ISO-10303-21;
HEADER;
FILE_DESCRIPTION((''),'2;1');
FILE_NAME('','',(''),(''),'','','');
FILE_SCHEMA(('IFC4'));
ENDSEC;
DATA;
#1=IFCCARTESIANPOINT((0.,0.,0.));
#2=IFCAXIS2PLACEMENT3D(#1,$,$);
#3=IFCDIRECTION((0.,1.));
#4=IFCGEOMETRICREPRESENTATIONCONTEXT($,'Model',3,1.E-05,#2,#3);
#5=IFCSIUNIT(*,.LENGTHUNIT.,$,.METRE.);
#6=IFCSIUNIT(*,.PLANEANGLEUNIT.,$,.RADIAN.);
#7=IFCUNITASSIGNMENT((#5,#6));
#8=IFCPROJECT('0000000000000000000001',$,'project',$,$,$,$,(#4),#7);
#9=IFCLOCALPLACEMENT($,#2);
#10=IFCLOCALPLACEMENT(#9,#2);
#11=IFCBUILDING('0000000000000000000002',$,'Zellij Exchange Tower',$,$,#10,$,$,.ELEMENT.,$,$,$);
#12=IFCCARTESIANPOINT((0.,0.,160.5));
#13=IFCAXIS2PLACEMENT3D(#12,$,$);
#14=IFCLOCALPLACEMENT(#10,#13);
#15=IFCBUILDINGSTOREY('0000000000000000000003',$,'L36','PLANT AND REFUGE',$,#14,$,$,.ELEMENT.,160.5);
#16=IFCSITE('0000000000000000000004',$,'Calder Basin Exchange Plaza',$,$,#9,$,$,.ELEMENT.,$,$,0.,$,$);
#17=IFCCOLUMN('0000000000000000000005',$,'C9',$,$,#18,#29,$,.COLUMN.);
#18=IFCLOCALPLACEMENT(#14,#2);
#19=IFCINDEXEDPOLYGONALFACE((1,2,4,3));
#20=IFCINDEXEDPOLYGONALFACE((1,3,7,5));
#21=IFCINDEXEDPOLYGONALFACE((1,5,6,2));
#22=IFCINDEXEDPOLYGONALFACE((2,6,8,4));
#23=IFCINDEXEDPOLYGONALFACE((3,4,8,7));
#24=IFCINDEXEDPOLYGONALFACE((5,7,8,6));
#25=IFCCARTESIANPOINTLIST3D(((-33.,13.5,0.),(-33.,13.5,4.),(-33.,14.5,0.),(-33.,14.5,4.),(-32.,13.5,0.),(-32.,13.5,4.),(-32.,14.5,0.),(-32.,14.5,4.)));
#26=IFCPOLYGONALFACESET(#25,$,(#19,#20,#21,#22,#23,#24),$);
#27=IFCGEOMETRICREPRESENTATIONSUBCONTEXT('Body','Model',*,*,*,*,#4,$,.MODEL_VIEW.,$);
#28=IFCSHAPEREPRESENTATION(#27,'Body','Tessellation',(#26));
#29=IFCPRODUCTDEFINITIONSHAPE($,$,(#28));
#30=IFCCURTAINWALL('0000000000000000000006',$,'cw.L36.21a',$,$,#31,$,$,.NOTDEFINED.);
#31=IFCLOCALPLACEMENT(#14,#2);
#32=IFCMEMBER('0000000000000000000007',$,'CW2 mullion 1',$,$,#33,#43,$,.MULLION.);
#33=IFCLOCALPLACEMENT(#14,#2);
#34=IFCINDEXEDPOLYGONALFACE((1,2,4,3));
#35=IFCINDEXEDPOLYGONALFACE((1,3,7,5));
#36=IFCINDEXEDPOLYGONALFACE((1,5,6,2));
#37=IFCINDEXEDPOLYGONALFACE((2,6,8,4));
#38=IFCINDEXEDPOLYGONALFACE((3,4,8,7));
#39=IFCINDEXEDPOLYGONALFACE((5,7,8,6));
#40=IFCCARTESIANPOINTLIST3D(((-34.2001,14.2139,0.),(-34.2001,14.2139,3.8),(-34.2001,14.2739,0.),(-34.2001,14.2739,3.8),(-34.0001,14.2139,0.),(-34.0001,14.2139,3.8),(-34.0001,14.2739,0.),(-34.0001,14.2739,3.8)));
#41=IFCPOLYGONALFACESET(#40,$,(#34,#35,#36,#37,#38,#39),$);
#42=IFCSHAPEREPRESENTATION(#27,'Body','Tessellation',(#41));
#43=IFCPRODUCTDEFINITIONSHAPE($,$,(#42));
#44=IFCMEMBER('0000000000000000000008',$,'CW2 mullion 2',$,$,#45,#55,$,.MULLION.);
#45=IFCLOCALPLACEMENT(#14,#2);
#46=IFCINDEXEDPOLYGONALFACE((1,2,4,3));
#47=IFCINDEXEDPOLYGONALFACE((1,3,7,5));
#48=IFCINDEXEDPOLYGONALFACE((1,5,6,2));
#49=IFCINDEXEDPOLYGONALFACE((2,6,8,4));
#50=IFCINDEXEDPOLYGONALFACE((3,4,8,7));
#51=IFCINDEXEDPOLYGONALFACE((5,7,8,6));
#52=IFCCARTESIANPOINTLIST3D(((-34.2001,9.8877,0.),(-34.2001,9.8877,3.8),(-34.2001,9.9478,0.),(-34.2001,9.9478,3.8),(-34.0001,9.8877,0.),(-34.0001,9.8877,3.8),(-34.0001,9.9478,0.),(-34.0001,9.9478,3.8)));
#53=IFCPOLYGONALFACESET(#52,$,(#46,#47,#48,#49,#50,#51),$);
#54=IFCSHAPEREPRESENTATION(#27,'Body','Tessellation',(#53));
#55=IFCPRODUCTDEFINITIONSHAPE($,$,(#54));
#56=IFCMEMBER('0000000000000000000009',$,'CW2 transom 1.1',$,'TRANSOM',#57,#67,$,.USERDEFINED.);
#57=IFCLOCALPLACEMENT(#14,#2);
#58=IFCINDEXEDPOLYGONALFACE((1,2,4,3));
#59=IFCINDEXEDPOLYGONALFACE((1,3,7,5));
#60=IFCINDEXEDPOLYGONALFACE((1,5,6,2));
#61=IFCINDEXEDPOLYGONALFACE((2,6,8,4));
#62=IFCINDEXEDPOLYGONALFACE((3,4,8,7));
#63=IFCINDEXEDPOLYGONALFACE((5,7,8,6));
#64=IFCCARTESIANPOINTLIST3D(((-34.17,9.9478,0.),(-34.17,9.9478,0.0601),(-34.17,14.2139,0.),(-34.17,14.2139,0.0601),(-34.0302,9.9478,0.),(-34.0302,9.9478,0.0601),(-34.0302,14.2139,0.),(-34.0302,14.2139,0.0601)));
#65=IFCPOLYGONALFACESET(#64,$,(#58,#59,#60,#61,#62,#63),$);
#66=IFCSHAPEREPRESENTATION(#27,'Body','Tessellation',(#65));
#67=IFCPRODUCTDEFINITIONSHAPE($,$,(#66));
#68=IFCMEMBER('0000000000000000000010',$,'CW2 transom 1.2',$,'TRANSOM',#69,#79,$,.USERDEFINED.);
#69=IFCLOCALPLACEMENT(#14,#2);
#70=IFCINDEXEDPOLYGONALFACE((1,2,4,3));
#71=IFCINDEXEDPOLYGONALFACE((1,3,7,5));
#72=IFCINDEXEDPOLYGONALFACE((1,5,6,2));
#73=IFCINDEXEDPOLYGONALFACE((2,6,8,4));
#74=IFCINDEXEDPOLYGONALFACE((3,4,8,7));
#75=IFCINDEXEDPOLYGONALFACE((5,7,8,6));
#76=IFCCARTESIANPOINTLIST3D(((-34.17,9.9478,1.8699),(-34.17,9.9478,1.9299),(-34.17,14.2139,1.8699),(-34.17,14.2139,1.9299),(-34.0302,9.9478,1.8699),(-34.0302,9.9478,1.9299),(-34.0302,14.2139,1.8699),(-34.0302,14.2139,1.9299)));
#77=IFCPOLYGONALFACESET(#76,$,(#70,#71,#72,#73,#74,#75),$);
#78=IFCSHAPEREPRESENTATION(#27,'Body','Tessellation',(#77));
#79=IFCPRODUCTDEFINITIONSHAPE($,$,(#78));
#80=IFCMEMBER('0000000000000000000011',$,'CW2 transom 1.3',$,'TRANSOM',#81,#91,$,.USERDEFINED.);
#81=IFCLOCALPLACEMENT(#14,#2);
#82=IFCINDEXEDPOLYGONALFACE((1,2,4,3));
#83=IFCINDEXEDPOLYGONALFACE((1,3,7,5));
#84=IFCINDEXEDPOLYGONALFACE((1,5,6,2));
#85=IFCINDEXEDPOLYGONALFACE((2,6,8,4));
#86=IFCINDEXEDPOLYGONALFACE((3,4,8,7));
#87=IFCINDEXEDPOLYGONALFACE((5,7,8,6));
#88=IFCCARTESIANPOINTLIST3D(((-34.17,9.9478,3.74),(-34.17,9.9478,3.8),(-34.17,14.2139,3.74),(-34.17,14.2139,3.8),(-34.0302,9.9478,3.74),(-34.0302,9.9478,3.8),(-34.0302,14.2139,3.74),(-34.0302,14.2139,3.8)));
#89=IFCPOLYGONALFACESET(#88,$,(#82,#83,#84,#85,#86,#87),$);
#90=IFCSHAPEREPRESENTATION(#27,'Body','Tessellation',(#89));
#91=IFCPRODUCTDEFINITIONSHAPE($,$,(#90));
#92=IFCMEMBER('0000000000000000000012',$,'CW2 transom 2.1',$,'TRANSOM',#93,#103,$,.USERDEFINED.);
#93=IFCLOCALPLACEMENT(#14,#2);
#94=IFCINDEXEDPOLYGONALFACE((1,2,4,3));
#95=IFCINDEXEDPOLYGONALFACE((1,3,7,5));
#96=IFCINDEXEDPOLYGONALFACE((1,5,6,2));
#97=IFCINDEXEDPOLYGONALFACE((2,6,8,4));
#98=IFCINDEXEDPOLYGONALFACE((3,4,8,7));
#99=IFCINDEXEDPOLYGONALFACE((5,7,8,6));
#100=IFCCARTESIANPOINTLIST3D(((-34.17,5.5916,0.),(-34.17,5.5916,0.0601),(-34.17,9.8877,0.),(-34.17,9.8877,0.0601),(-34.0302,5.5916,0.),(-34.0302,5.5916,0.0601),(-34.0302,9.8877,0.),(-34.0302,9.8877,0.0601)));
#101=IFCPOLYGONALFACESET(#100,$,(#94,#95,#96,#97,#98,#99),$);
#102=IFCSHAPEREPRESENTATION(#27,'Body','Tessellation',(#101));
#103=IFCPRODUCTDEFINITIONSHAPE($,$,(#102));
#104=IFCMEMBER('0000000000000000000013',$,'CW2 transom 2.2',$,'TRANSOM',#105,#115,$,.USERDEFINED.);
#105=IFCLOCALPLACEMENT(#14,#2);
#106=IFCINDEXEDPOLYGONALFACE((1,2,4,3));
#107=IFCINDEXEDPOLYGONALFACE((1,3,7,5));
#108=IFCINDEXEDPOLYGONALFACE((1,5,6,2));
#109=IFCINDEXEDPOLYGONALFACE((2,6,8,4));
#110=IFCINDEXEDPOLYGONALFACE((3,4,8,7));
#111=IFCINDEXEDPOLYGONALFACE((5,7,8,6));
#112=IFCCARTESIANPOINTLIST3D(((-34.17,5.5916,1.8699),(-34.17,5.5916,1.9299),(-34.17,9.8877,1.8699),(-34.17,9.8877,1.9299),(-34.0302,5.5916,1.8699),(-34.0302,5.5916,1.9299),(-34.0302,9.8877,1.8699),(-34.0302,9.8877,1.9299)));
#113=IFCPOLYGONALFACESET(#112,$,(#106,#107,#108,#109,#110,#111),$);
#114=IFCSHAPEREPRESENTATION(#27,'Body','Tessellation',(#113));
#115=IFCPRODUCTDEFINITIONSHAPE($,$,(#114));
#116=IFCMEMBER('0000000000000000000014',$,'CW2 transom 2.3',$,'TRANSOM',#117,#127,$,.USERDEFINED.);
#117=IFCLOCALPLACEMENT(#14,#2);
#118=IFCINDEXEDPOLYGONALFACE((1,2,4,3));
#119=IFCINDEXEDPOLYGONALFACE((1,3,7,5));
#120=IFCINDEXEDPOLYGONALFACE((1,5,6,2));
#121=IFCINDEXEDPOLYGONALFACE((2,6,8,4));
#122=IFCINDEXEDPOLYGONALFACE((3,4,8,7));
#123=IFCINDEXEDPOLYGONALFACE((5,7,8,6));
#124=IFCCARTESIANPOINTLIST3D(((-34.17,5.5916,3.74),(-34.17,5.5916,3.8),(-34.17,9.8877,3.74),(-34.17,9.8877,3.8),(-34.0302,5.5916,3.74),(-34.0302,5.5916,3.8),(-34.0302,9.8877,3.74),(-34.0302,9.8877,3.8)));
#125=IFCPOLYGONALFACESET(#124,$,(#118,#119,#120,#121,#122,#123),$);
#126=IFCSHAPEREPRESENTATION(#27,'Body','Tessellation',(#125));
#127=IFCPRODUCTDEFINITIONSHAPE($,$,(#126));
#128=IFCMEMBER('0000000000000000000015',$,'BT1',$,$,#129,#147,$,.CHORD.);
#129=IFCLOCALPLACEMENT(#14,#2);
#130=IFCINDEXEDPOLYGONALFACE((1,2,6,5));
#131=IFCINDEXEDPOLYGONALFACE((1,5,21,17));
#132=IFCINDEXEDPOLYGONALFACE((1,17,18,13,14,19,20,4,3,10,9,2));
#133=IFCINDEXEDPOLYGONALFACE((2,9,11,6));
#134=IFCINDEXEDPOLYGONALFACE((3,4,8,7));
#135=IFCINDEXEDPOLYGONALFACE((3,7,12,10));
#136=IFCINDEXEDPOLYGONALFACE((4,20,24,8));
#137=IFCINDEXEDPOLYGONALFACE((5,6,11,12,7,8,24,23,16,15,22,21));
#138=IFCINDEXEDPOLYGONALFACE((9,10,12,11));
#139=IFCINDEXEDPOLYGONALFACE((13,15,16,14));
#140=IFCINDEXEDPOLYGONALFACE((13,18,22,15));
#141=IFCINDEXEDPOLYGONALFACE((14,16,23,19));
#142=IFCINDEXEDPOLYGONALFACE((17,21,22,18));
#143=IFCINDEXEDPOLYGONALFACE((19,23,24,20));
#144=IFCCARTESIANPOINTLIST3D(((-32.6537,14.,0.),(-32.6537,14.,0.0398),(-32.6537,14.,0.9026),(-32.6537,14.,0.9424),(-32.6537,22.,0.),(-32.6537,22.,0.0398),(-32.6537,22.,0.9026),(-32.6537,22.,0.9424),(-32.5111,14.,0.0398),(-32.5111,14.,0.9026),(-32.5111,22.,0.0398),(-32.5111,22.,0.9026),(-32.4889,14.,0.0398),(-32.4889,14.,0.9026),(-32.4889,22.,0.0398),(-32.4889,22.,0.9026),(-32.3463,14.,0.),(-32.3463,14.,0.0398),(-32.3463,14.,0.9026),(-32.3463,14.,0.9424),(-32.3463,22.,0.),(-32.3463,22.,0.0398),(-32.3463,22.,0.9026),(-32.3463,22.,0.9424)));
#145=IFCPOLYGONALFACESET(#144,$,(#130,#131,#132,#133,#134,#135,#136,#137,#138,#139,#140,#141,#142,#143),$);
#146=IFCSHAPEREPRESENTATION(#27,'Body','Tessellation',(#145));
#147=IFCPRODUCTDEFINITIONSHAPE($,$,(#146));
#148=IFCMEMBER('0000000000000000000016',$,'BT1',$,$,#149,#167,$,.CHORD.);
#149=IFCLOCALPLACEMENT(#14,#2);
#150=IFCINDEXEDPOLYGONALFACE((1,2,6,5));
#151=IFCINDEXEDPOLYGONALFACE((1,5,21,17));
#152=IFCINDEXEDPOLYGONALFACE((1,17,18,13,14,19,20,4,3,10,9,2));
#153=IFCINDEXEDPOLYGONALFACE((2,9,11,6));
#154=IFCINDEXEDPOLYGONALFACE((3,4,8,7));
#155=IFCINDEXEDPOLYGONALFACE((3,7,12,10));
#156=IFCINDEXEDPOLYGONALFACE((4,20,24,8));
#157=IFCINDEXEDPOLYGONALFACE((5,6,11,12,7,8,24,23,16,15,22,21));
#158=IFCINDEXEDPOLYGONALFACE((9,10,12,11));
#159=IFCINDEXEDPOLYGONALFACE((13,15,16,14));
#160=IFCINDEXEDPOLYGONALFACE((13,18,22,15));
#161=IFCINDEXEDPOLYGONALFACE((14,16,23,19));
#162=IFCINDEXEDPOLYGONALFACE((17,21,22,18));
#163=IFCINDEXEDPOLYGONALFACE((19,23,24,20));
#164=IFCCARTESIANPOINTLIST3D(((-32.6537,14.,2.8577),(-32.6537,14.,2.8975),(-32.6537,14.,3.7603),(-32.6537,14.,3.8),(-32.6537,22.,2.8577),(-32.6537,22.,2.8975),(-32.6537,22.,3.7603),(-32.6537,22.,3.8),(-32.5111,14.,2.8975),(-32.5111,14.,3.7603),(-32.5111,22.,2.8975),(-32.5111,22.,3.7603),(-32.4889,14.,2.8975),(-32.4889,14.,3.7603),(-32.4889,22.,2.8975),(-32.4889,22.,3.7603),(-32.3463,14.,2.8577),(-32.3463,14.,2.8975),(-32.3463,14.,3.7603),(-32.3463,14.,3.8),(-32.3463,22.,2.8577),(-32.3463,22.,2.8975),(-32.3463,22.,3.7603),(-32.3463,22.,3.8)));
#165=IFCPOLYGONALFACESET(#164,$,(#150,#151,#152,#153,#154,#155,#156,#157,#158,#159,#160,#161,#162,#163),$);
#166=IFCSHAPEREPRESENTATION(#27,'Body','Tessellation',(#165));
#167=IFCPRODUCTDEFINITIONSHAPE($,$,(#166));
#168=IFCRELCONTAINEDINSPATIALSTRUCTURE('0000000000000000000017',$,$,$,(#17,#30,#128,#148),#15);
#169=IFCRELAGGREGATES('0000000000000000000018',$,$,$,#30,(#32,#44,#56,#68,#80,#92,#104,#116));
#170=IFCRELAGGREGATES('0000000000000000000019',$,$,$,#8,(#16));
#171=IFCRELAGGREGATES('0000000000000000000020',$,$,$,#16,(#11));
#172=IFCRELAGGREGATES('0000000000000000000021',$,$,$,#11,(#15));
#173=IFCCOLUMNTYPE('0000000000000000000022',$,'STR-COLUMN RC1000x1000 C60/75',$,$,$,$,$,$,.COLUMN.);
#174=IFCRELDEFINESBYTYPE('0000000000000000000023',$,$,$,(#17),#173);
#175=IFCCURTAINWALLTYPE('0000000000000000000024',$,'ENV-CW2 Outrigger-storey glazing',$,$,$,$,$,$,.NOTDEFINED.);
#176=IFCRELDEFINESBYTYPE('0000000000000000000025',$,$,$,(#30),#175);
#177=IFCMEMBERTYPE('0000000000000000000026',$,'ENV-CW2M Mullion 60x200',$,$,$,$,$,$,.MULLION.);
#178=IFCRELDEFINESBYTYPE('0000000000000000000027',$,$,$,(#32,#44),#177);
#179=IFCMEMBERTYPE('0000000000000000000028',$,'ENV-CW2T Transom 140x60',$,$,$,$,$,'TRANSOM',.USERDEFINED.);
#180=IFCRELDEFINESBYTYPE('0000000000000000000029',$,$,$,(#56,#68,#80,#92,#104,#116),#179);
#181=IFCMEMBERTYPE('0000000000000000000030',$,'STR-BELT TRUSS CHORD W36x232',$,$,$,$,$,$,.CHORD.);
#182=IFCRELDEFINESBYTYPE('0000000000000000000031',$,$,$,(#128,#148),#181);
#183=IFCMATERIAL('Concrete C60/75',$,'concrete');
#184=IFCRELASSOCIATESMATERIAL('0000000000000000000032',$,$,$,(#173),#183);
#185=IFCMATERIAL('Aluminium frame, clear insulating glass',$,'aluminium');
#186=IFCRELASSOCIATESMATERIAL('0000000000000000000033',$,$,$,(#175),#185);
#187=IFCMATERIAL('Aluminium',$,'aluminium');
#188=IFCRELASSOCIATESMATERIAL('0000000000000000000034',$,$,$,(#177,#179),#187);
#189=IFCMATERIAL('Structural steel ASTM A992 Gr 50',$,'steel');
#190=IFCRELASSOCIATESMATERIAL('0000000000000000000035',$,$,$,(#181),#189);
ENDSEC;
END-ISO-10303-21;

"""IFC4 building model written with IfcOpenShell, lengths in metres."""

from ifc_helpers import new_model, si_unit, direction, frame, origin, origin_2d, place, context, subcontext, project, spatial, rectangle, i_section, extrude, material, material_profile, profile_set, type_object, element, aggregate, save


model = new_model("IFC4")

# Units and contexts
model_context = context("Model", 3, precision=1e-05, world=origin(), true_north=direction((0.0, 1.0)))
body_context = subcontext(model_context, "Body", "Model", "MODEL_VIEW")
ifc_project = project(units=[si_unit("LENGTHUNIT", "METRE"), si_unit("PLANEANGLEUNIT", "RADIAN")], contexts=[model_context])

# Site, building, storey
site_placement = place(None, origin())
site = spatial("IfcSite", under=ifc_project, at=site_placement, Name="Calder Basin Exchange Plaza", CompositionType="ELEMENT", RefElevation=0.0)
building_placement = place(site_placement, origin())
building = spatial("IfcBuilding", under=site, at=building_placement, Name="Zellij Exchange Tower", CompositionType="ELEMENT")
storey_placement = place(building_placement, frame((0.0, 0.0, 160.5)))
storey = spatial("IfcBuildingStorey", under=building, at=storey_placement, Name="L36", Description="PLANT AND REFUGE", CompositionType="ELEMENT", Elevation=160.5)

# Column
ifc_material_1 = material(Name="Concrete C60/75", Category="concrete")
ifc_material_profile_1 = material_profile(ifc_material_1, rectangle(XDim=1.0, YDim=1.0, at=origin_2d()), Name="STR-COLUMN RC1000x1000 C60/75")
ifc_profile_set_1 = profile_set([ifc_material_profile_1], Name="Concrete C60/75")
column_type = type_object("IfcColumnType", Name="STR-COLUMN RC1000x1000 C60/75", PredefinedType="COLUMN", material=ifc_profile_set_1)
column_placement = place(storey_placement, frame((-32.5, 14.0, 0.0), z_axis=(0.0, 0.0, 1.0), x_axis=(1.0, 0.0, 0.0)))
element("IfcColumn", 1, at=column_placement, inside=storey, type_object=column_type, Name="C9", PredefinedType="COLUMN", context=body_context, shape_type="SweptSolid", body=[
    extrude(rectangle(XDim=1.0, YDim=1.0, at=origin_2d()), origin(), (0.0, 0.0, 1.0), 4.0),
])

# Curtain wall, members
ifc_material_2 = material(Name="Aluminium frame, clear insulating glass", Category="aluminium")
curtain_wall_type = type_object("IfcCurtainWallType", Name="ENV-CW2 Outrigger-storey glazing", PredefinedType="NOTDEFINED", material=ifc_material_2)
curtain_wall_placement = place(storey_placement, origin())
curtain_wall = element("IfcCurtainWall", 2, at=curtain_wall_placement, inside=storey, type_object=curtain_wall_type, Name="cw.L36.21a", PredefinedType="NOTDEFINED")
ifc_material_3 = material(Name="Aluminium", Category="aluminium")
ifc_material_profile_2 = material_profile(ifc_material_3, rectangle(XDim=0.0601, YDim=0.2, at=origin_2d()), Name="AL 60x200")
ifc_profile_set_2 = profile_set([ifc_material_profile_2], Name="Aluminium")
member_type_1 = type_object("IfcMemberType", Name="ENV-CW2M Mullion 60x200", PredefinedType="MULLION", material=ifc_profile_set_2)
member_1_placement = place(storey_placement, frame((-34.1001, 14.2439, 0.0), z_axis=(0.0, 0.0, 1.0), x_axis=(0.0, -1.0, 0.0)))
member_1 = element("IfcMember", 3, at=member_1_placement, type_object=member_type_1, Name="CW2 mullion 1", PredefinedType="MULLION", context=body_context, shape_type="SweptSolid", body=[
    extrude(rectangle(XDim=0.0601, YDim=0.2, at=origin_2d()), origin(), (0.0, 0.0, 1.0), 3.8),
])
member_2_placement = place(storey_placement, frame((-34.1001, 9.9177, 0.0), z_axis=(0.0, 0.0, 1.0), x_axis=(0.0, -1.0, 0.0)))
member_2 = element("IfcMember", 4, at=member_2_placement, type_object=member_type_1, Name="CW2 mullion 2", PredefinedType="MULLION", context=body_context, shape_type="SweptSolid", body=[
    extrude(rectangle(XDim=0.0601, YDim=0.2, at=origin_2d()), origin(), (0.0, 0.0, 1.0), 3.8),
])
ifc_material_profile_3 = material_profile(ifc_material_3, rectangle(XDim=0.1399, YDim=0.0601, at=origin_2d()), Name="AL 140x60")
ifc_profile_set_3 = profile_set([ifc_material_profile_3], Name="Aluminium")
member_type_2 = type_object("IfcMemberType", Name="ENV-CW2T Transom 140x60", ElementType="TRANSOM", PredefinedType="USERDEFINED", material=ifc_profile_set_3)
member_3_placement = place(storey_placement, frame((-34.1001, 14.2139, 0.03), z_axis=(0.0, -1.0, 0.0), x_axis=(1.0, 0.0, 0.0)))
member_3 = element("IfcMember", 5, at=member_3_placement, type_object=member_type_2, Name="CW2 transom 1.1", ObjectType="TRANSOM", PredefinedType="USERDEFINED", context=body_context, shape_type="SweptSolid", body=[
    extrude(rectangle(XDim=0.1399, YDim=0.0601, at=origin_2d()), origin(), (0.0, 0.0, 1.0), 4.2661),
])
member_4_placement = place(storey_placement, frame((-34.1001, 14.2139, 1.8999), z_axis=(0.0, -1.0, 0.0), x_axis=(1.0, 0.0, 0.0)))
member_4 = element("IfcMember", 6, at=member_4_placement, type_object=member_type_2, Name="CW2 transom 1.2", ObjectType="TRANSOM", PredefinedType="USERDEFINED", context=body_context, shape_type="SweptSolid", body=[
    extrude(rectangle(XDim=0.1399, YDim=0.0601, at=origin_2d()), origin(), (0.0, 0.0, 1.0), 4.2661),
])
member_5_placement = place(storey_placement, frame((-34.1001, 14.2139, 3.77), z_axis=(0.0, -1.0, 0.0), x_axis=(1.0, 0.0, 0.0)))
member_5 = element("IfcMember", 7, at=member_5_placement, type_object=member_type_2, Name="CW2 transom 1.3", ObjectType="TRANSOM", PredefinedType="USERDEFINED", context=body_context, shape_type="SweptSolid", body=[
    extrude(rectangle(XDim=0.1399, YDim=0.0601, at=origin_2d()), origin(), (0.0, 0.0, 1.0), 4.2661),
])
member_6_placement = place(storey_placement, frame((-34.1001, 9.8877, 0.03), z_axis=(0.0, -1.0, 0.0), x_axis=(1.0, 0.0, 0.0)))
member_6 = element("IfcMember", 8, at=member_6_placement, type_object=member_type_2, Name="CW2 transom 2.1", ObjectType="TRANSOM", PredefinedType="USERDEFINED", context=body_context, shape_type="SweptSolid", body=[
    extrude(rectangle(XDim=0.1399, YDim=0.0601, at=origin_2d()), origin(), (0.0, 0.0, 1.0), 4.2961),
])
member_7_placement = place(storey_placement, frame((-34.1001, 9.8877, 1.8999), z_axis=(0.0, -1.0, 0.0), x_axis=(1.0, 0.0, 0.0)))
member_7 = element("IfcMember", 9, at=member_7_placement, type_object=member_type_2, Name="CW2 transom 2.2", ObjectType="TRANSOM", PredefinedType="USERDEFINED", context=body_context, shape_type="SweptSolid", body=[
    extrude(rectangle(XDim=0.1399, YDim=0.0601, at=origin_2d()), origin(), (0.0, 0.0, 1.0), 4.2961),
])
member_8_placement = place(storey_placement, frame((-34.1001, 9.8877, 3.77), z_axis=(0.0, -1.0, 0.0), x_axis=(1.0, 0.0, 0.0)))
member_8 = element("IfcMember", 10, at=member_8_placement, type_object=member_type_2, Name="CW2 transom 2.3", ObjectType="TRANSOM", PredefinedType="USERDEFINED", context=body_context, shape_type="SweptSolid", body=[
    extrude(rectangle(XDim=0.1399, YDim=0.0601, at=origin_2d()), origin(), (0.0, 0.0, 1.0), 4.2961),
])

# Members
ifc_material_4 = material(Name="Structural steel ASTM A992 Gr 50", Category="steel")
ifc_material_profile_4 = material_profile(ifc_material_4, i_section(OverallWidth=0.3074, OverallDepth=0.9424, WebThickness=0.0222, FlangeThickness=0.0398, at=origin_2d()), Name="W36x232")
ifc_profile_set_4 = profile_set([ifc_material_profile_4], Name="Structural steel ASTM A992 Gr 50")
member_type_3 = type_object("IfcMemberType", Name="STR-BELT TRUSS CHORD W36x232", PredefinedType="CHORD", material=ifc_profile_set_4)
for number, where, z_axis, x_axis, name in (
    (11, (-32.5, 14.0, 0.4712), (0.0, 1.0, 0.0), (-1.0, 0.0, 0.0), "BT1"),
    (12, (-32.5, 14.0, 3.3289), (0.0, 1.0, 0.0), (-1.0, 0.0, 0.0), "BT1"),
):
    element("IfcMember", number, at=place(storey_placement, frame(where, z_axis=z_axis, x_axis=x_axis)), inside=storey, type_object=member_type_3, Name=name, PredefinedType="CHORD", context=body_context, shape_type="SweptSolid", body=[
        extrude(i_section(OverallWidth=0.3074, OverallDepth=0.9424, WebThickness=0.0222, FlangeThickness=0.0398, at=origin_2d()), origin(), (0.0, 0.0, 1.0), 8.0),
    ])

aggregate(curtain_wall, [member_1, member_2, member_3, member_4, member_5, member_6, member_7, member_8])

save(model, "model.ifc")
